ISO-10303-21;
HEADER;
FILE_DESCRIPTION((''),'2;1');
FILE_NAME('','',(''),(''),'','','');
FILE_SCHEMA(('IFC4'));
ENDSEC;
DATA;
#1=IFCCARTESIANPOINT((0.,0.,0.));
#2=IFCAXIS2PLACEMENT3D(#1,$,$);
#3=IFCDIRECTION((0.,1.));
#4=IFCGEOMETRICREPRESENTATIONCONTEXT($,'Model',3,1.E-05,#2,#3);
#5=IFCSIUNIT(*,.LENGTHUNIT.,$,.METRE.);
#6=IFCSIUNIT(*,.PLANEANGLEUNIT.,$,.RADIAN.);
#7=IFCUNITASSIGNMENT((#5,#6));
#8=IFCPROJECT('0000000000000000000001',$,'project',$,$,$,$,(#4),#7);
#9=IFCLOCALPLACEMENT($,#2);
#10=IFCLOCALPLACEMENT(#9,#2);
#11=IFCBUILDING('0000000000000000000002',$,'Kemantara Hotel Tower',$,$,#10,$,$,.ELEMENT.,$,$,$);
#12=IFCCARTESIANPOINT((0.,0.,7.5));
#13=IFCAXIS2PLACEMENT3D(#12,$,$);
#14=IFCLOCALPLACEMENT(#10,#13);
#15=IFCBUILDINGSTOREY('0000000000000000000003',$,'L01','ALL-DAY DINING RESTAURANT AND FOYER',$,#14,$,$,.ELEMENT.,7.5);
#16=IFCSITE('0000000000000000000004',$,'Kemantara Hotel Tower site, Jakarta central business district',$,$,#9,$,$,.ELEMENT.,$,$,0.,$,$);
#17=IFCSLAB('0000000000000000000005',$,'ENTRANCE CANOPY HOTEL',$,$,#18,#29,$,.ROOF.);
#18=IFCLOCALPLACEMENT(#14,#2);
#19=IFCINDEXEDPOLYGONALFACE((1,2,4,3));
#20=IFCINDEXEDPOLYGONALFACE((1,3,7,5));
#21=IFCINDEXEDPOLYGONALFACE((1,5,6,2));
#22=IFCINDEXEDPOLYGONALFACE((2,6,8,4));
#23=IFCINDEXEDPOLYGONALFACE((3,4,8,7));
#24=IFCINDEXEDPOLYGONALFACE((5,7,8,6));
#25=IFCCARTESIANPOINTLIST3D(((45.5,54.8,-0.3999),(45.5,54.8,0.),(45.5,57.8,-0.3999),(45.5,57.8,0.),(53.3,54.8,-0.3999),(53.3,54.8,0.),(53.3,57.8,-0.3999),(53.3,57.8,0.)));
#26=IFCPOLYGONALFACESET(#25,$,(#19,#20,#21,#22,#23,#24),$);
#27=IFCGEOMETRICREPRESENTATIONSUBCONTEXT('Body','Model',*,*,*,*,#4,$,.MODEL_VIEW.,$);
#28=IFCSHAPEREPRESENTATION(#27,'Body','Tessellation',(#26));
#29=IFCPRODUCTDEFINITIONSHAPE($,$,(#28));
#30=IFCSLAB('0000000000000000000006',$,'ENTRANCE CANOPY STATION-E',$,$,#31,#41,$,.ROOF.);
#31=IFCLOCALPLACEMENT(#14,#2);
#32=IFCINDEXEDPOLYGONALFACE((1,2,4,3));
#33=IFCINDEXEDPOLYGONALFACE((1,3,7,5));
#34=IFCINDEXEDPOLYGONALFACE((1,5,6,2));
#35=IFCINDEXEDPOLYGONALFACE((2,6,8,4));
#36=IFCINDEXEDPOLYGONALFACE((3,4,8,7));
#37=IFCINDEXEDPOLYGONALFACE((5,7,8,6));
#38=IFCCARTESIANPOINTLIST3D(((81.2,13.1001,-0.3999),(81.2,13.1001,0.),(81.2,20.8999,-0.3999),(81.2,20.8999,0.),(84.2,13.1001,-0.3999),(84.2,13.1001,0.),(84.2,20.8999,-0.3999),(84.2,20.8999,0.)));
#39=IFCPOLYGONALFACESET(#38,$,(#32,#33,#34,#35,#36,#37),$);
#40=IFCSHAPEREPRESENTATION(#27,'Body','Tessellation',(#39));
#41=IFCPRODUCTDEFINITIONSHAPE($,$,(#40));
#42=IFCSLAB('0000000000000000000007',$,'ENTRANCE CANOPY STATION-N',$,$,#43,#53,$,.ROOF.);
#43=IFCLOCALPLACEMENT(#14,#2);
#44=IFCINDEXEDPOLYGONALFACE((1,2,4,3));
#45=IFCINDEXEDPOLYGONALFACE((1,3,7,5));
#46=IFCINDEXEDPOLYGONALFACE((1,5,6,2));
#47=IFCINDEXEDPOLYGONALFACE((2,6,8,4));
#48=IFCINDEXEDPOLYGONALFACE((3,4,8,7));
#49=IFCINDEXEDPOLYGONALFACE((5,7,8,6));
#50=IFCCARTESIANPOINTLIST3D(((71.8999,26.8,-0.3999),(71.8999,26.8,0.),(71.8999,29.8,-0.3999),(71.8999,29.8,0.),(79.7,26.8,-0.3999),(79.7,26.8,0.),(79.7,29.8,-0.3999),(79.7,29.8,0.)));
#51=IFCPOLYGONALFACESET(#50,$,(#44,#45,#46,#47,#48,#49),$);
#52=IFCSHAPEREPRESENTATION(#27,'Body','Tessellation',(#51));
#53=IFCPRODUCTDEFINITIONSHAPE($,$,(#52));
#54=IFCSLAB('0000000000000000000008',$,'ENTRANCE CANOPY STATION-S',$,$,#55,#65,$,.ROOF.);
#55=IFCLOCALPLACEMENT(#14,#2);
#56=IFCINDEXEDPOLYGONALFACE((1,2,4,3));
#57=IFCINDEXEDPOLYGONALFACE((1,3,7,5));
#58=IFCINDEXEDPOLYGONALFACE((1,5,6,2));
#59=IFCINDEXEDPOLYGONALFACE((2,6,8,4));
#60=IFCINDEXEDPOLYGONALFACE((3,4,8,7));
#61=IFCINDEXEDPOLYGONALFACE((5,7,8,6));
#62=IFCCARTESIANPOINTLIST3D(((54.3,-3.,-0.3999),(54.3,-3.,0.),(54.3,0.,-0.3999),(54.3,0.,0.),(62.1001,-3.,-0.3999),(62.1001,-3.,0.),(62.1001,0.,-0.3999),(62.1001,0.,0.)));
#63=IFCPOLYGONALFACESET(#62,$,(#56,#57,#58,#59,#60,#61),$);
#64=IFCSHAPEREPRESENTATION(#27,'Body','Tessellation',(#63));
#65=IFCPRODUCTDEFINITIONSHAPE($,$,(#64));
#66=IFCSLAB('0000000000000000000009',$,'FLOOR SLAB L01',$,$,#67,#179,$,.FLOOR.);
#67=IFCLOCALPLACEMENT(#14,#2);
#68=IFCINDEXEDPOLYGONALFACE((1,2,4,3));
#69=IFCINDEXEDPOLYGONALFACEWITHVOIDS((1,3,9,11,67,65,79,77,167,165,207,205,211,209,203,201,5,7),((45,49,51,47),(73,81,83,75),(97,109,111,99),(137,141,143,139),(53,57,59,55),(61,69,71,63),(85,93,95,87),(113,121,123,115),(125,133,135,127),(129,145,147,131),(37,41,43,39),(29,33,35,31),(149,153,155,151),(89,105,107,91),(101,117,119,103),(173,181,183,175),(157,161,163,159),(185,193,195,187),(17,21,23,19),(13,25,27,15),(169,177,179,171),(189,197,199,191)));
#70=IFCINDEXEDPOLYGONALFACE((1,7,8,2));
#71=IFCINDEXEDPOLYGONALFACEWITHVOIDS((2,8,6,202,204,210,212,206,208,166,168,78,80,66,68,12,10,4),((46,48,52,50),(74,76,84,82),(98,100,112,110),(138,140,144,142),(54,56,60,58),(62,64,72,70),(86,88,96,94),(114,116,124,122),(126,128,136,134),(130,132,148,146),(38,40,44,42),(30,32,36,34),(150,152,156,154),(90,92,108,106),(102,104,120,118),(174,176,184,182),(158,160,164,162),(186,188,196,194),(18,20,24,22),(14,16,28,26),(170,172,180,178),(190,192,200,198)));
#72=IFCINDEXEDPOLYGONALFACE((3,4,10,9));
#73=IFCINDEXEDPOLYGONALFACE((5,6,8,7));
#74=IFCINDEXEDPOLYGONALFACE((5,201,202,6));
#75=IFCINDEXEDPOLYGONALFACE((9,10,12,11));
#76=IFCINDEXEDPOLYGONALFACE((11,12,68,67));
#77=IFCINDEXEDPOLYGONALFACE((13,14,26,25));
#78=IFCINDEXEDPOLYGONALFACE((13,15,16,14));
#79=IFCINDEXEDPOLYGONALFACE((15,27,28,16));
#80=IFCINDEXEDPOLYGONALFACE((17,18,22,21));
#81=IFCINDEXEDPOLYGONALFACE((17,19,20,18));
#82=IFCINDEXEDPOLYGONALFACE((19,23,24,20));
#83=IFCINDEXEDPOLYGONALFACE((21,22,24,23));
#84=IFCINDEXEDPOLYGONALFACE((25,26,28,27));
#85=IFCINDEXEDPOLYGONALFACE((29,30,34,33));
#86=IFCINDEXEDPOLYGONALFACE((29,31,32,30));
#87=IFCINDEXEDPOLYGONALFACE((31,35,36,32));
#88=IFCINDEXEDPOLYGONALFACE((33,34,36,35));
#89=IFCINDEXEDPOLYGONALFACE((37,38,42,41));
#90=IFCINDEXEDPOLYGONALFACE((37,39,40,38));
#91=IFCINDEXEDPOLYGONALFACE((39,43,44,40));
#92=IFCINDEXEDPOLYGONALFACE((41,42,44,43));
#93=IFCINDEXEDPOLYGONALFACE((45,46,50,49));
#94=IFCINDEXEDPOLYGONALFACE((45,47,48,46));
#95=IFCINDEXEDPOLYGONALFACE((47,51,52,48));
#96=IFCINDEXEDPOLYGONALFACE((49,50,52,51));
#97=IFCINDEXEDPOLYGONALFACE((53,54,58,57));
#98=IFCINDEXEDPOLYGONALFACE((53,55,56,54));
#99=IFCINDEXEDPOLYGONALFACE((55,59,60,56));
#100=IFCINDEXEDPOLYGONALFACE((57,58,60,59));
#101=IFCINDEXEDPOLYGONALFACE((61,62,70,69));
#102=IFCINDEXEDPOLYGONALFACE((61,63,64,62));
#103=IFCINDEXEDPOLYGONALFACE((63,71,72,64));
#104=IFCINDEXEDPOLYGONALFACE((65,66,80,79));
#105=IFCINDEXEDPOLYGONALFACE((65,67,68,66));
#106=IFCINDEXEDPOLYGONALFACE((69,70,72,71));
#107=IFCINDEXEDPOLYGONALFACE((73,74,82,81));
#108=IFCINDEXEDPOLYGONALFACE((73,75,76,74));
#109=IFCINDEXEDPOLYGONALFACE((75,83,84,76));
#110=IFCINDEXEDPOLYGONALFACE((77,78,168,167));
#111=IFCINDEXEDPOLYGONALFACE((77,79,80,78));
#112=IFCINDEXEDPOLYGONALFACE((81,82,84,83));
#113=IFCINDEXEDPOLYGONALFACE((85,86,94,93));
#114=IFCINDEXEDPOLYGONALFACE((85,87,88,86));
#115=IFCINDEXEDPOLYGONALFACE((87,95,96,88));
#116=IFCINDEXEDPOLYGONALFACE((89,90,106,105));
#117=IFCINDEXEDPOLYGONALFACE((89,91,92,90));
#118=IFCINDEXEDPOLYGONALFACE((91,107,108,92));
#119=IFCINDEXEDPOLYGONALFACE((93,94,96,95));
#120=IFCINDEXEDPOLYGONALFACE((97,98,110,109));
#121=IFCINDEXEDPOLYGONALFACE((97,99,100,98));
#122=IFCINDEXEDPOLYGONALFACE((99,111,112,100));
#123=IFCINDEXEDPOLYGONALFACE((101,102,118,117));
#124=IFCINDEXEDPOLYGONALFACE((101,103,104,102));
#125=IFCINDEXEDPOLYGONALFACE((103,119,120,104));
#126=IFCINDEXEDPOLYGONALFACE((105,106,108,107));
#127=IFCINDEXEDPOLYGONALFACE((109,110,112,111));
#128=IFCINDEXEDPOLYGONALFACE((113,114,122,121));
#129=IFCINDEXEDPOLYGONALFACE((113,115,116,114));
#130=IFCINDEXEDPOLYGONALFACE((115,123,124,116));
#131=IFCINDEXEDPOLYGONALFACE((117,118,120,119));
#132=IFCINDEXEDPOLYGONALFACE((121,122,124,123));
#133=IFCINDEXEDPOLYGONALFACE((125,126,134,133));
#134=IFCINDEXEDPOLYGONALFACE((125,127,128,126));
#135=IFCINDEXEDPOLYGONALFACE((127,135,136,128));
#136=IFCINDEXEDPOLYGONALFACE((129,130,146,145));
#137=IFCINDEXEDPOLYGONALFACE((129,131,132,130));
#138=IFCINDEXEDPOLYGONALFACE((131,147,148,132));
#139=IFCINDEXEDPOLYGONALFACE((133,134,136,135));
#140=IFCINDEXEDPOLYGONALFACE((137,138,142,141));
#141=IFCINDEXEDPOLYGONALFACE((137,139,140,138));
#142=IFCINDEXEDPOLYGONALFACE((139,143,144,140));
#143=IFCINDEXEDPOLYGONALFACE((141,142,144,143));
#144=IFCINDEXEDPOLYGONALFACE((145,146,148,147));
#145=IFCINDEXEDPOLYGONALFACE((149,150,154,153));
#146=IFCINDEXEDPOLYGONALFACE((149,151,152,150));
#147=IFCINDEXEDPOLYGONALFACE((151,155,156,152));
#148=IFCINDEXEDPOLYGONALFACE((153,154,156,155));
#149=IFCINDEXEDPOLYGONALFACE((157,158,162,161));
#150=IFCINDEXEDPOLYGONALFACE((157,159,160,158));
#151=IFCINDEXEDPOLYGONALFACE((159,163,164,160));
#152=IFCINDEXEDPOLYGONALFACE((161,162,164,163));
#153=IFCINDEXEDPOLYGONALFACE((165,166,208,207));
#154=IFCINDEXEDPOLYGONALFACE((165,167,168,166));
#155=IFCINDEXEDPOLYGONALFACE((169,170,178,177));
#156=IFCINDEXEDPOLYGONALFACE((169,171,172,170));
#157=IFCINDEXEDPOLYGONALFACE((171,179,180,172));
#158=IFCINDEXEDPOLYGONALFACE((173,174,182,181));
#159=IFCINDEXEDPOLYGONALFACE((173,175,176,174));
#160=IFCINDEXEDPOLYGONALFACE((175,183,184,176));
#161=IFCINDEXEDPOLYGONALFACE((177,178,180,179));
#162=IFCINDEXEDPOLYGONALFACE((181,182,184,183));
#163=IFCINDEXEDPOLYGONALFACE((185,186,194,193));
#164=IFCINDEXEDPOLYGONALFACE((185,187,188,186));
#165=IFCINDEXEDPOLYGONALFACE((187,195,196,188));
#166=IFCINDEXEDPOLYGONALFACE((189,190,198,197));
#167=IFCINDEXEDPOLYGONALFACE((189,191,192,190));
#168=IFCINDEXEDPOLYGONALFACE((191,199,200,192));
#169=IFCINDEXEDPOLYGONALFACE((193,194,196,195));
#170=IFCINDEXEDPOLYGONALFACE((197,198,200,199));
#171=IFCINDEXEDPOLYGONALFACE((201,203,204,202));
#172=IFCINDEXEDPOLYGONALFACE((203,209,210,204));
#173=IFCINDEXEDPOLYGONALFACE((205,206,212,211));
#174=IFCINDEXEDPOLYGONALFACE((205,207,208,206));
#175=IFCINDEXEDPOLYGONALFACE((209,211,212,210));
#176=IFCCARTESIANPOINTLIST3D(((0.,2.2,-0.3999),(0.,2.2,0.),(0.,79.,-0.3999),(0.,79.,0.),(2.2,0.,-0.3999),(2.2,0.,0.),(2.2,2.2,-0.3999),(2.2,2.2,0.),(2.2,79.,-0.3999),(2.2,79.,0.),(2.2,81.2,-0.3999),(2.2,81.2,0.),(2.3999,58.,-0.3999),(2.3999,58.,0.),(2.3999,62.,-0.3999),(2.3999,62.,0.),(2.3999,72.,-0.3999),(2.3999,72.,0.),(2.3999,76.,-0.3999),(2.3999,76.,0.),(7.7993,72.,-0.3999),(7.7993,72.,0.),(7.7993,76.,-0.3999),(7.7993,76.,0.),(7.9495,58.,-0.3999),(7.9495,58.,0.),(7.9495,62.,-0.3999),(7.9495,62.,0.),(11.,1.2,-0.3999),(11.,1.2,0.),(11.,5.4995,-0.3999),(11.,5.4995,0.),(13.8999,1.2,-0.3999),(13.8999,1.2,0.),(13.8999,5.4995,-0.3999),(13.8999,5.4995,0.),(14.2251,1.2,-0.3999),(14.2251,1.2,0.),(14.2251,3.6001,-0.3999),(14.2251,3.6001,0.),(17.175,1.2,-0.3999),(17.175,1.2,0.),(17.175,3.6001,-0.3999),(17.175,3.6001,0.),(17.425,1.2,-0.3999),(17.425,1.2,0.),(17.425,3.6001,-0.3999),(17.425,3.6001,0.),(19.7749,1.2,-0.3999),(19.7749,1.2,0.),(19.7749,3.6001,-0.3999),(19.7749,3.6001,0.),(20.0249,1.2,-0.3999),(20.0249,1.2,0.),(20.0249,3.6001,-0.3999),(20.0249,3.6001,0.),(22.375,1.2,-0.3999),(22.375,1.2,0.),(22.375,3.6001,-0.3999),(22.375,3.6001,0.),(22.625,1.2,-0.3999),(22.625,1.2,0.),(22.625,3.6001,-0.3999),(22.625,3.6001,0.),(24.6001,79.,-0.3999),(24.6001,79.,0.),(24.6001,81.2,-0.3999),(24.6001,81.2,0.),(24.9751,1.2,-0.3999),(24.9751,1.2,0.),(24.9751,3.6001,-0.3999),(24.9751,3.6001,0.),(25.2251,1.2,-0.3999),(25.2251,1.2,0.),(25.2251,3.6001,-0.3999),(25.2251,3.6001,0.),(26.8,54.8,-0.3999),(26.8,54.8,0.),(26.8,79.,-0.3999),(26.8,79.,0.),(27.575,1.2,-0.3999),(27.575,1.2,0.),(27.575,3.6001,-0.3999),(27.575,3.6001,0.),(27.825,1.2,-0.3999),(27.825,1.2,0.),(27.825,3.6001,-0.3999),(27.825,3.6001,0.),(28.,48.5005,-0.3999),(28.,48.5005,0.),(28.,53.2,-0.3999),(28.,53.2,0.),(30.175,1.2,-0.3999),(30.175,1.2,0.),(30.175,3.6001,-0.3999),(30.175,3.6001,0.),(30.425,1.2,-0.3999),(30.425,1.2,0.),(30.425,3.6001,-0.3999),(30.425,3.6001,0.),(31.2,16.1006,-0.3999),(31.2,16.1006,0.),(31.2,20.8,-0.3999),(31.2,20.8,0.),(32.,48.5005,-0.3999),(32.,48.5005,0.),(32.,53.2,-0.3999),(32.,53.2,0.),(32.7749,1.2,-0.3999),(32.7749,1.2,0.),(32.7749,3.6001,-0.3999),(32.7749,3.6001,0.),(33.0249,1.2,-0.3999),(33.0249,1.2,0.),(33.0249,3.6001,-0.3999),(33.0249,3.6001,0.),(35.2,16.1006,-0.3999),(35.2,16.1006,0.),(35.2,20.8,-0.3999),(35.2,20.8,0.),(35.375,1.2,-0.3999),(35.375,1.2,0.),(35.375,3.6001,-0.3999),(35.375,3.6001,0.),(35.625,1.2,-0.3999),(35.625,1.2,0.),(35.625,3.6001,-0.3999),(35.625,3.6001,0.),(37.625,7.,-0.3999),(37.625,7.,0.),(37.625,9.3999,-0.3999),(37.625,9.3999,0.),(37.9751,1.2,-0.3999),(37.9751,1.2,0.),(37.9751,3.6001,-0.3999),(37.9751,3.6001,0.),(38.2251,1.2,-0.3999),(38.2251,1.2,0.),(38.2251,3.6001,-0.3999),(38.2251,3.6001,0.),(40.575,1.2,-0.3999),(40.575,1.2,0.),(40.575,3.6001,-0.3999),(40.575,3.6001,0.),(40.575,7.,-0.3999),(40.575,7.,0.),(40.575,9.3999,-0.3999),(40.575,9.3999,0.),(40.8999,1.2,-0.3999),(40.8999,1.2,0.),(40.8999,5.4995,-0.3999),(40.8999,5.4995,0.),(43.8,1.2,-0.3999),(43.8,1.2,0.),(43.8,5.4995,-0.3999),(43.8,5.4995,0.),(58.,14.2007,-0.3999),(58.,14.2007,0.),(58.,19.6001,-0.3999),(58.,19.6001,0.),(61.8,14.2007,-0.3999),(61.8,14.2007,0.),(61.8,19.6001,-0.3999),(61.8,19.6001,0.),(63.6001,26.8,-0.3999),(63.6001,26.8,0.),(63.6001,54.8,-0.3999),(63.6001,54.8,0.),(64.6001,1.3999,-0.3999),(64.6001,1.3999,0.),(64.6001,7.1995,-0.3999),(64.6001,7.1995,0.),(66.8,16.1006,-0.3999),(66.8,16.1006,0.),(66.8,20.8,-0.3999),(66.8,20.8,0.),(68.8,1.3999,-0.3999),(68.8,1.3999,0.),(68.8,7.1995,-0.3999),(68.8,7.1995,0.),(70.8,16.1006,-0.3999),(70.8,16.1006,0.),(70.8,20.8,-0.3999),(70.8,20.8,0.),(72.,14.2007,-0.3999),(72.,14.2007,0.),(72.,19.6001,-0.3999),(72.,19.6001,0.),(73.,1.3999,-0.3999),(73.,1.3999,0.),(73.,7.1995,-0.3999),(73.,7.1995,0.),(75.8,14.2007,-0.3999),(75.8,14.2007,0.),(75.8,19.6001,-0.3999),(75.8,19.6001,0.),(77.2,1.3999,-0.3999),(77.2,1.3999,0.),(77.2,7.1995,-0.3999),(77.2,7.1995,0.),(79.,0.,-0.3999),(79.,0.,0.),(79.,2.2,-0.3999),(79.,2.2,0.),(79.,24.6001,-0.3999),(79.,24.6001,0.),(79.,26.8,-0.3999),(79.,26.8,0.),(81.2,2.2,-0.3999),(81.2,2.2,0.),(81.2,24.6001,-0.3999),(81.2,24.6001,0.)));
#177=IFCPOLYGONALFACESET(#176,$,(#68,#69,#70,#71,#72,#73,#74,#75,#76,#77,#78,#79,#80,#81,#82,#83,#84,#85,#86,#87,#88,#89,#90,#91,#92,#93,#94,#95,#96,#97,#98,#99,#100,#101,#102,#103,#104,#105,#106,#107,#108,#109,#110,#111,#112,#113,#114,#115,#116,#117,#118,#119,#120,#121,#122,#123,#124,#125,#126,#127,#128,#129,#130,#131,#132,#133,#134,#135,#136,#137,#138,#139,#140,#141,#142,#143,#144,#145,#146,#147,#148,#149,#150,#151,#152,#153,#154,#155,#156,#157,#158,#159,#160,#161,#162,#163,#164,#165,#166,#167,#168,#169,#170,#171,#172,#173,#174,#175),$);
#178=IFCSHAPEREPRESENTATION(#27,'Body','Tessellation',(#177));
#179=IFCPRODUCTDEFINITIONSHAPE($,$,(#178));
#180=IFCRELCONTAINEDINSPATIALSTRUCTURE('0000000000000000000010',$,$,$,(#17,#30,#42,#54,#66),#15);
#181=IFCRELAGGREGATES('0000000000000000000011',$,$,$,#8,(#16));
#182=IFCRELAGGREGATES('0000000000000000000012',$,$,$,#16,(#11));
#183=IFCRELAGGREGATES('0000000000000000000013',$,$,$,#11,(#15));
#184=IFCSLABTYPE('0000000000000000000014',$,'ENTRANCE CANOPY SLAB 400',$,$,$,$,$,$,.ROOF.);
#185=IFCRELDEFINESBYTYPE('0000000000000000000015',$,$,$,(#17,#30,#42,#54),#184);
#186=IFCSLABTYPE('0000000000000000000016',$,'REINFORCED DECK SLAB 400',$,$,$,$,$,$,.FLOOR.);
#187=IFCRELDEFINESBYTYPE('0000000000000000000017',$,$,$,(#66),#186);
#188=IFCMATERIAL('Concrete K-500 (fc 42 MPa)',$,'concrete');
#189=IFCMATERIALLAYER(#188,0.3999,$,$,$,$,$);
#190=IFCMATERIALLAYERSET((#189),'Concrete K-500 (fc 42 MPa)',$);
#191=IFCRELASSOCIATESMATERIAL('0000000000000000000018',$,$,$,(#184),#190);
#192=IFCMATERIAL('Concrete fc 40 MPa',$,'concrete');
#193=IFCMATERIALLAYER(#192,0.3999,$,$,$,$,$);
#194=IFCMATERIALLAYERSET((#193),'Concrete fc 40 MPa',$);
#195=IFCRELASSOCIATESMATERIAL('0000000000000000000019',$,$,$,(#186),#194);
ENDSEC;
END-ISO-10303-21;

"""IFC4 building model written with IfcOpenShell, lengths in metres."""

from ifc_helpers import new_model, si_unit, direction, frame, origin, place, context, subcontext, project, spatial, polyline, outline, extrude, material, layer, layer_set, type_object, element, save


model = new_model("IFC4")

# Units and contexts
model_context = context("Model", 3, precision=1e-05, world=origin(), true_north=direction((0.0, 1.0)))
body_context = subcontext(model_context, "Body", "Model", "MODEL_VIEW")
ifc_project = project(units=[si_unit("LENGTHUNIT", "METRE"), si_unit("PLANEANGLEUNIT", "RADIAN")], contexts=[model_context])

# Site, building, storey
site_placement = place(None, origin())
site = spatial("IfcSite", under=ifc_project, at=site_placement, Name="Kemantara Hotel Tower site, Jakarta central business district", CompositionType="ELEMENT", RefElevation=0.0)
building_placement = place(site_placement, origin())
building = spatial("IfcBuilding", under=site, at=building_placement, Name="Kemantara Hotel Tower", CompositionType="ELEMENT")
storey_placement = place(building_placement, frame((0.0, 0.0, 7.5)))
storey = spatial("IfcBuildingStorey", under=building, at=storey_placement, Name="L01", Description="ALL-DAY DINING RESTAURANT AND FOYER", CompositionType="ELEMENT", Elevation=7.5)

# Slabs
ifc_material_1 = material(Name="Concrete K-500 (fc 42 MPa)", Category="concrete")
ifc_layer_1 = layer(ifc_material_1, 0.3999)
ifc_layer_set_1 = layer_set([ifc_layer_1], Name="Concrete K-500 (fc 42 MPa)")
slab_type_1 = type_object("IfcSlabType", Name="ENTRANCE CANOPY SLAB 400", PredefinedType="ROOF", material=ifc_layer_set_1)
slab_1_placement = place(storey_placement, frame((0.0, 0.0, -0.3999)))
element("IfcSlab", 1, at=slab_1_placement, inside=storey, type_object=slab_type_1, Name="ENTRANCE CANOPY HOTEL", PredefinedType="ROOF", context=body_context, shape_type="SweptSolid", body=[
    extrude(outline(polyline([(53.3, 54.8), (45.5, 54.8), (45.5, 57.8), (53.3, 57.8), (53.3, 54.8)])), origin(), (0.0, 0.0, 1.0), 0.3999),
])
slab_2_placement = place(storey_placement, frame((0.0, 0.0, -0.3999)))
element("IfcSlab", 2, at=slab_2_placement, inside=storey, type_object=slab_type_1, Name="ENTRANCE CANOPY STATION-E", PredefinedType="ROOF", context=body_context, shape_type="SweptSolid", body=[
    extrude(outline(polyline([(81.2, 13.1001), (81.2, 20.8999), (84.2, 20.8999), (84.2, 13.1001), (81.2, 13.1001)])), origin(), (0.0, 0.0, 1.0), 0.3999),
])
slab_3_placement = place(storey_placement, frame((0.0, 0.0, -0.3999)))
element("IfcSlab", 3, at=slab_3_placement, inside=storey, type_object=slab_type_1, Name="ENTRANCE CANOPY STATION-N", PredefinedType="ROOF", context=body_context, shape_type="SweptSolid", body=[
    extrude(outline(polyline([(79.7, 26.8), (71.8999, 26.8), (71.8999, 29.8), (79.7, 29.8), (79.7, 26.8)])), origin(), (0.0, 0.0, 1.0), 0.3999),
])
slab_4_placement = place(storey_placement, frame((0.0, 0.0, -0.3999)))
element("IfcSlab", 4, at=slab_4_placement, inside=storey, type_object=slab_type_1, Name="ENTRANCE CANOPY STATION-S", PredefinedType="ROOF", context=body_context, shape_type="SweptSolid", body=[
    extrude(outline(polyline([(54.3, 0.0), (62.1001, 0.0), (62.1001, -3.0), (54.3, -3.0), (54.3, 0.0)])), origin(), (0.0, 0.0, 1.0), 0.3999),
])
ifc_material_2 = material(Name="Concrete fc 40 MPa", Category="concrete")
ifc_layer_2 = layer(ifc_material_2, 0.3999)
ifc_layer_set_2 = layer_set([ifc_layer_2], Name="Concrete fc 40 MPa")
slab_type_2 = type_object("IfcSlabType", Name="REINFORCED DECK SLAB 400", PredefinedType="FLOOR", material=ifc_layer_set_2)
slab_5_placement = place(storey_placement, frame((0.0, 0.0, -0.3999)))
element("IfcSlab", 5, at=slab_5_placement, inside=storey, type_object=slab_type_2, Name="FLOOR SLAB L01", PredefinedType="FLOOR", context=body_context, shape_type="SweptSolid", body=[
    extrude(outline(polyline([(0.0, 2.2), (2.2, 2.2), (2.2, 0.0), (79.0, 0.0), (79.0, 2.2), (81.2, 2.2), (81.2, 24.6001), (79.0, 24.6001), (79.0, 26.8), (63.6001, 26.8), (63.6001, 54.8), (26.8, 54.8), (26.8, 79.0), (24.6001, 79.0), (24.6001, 81.2), (2.2, 81.2), (2.2, 79.0), (0.0, 79.0), (0.0, 2.2)]), holes=[polyline([(17.175, 1.2), (14.2251, 1.2), (14.2251, 3.6001), (17.175, 3.6001), (17.175, 1.2)]), polyline([(19.7749, 1.2), (17.425, 1.2), (17.425, 3.6001), (19.7749, 3.6001), (19.7749, 1.2)]), polyline([(22.375, 1.2), (20.0249, 1.2), (20.0249, 3.6001), (22.375, 3.6001), (22.375, 1.2)]), polyline([(22.625, 1.2), (22.625, 3.6001), (24.9751, 3.6001), (24.9751, 1.2), (22.625, 1.2)]), polyline([(25.2251, 1.2), (25.2251, 3.6001), (27.575, 3.6001), (27.575, 1.2), (25.2251, 1.2)]), polyline([(30.175, 1.2), (27.825, 1.2), (27.825, 3.6001), (30.175, 3.6001), (30.175, 1.2)]), polyline([(30.425, 1.2), (30.425, 3.6001), (32.7749, 3.6001), (32.7749, 1.2), (30.425, 1.2)]), polyline([(11.0, 5.4995), (13.8999, 5.4995), (13.8999, 1.2), (11.0, 1.2), (11.0, 5.4995)]), polyline([(32.0, 53.2), (32.0, 48.5005), (28.0, 48.5005), (28.0, 53.2), (32.0, 53.2)]), polyline([(7.9495, 62.0), (7.9495, 58.0), (2.3999, 58.0), (2.3999, 62.0), (7.9495, 62.0)]), polyline([(7.7993, 76.0), (7.7993, 72.0), (2.3999, 72.0), (2.3999, 76.0), (7.7993, 76.0)]), polyline([(35.375, 1.2), (33.0249, 1.2), (33.0249, 3.6001), (35.375, 3.6001), (35.375, 1.2)]), polyline([(37.9751, 1.2), (35.625, 1.2), (35.625, 3.6001), (37.9751, 3.6001), (37.9751, 1.2)]), polyline([(40.575, 1.2), (38.2251, 1.2), (38.2251, 3.6001), (40.575, 3.6001), (40.575, 1.2)]), polyline([(40.8999, 5.4995), (43.8, 5.4995), (43.8, 1.2), (40.8999, 1.2), (40.8999, 5.4995)]), polyline([(64.6001, 7.1995), (68.8, 7.1995), (68.8, 1.3999), (64.6001, 1.3999), (64.6001, 7.1995)]), polyline([(73.0, 1.3999), (73.0, 7.1995), (77.2, 7.1995), (77.2, 1.3999), (73.0, 1.3999)]), polyline([(37.625, 7.0), (37.625, 9.3999), (40.575, 9.3999), (40.575, 7.0), (37.625, 7.0)]), polyline([(61.8, 14.2007), (58.0, 14.2007), (58.0, 19.6001), (61.8, 19.6001), (61.8, 14.2007)]), polyline([(75.8, 19.6001), (75.8, 14.2007), (72.0, 14.2007), (72.0, 19.6001), (75.8, 19.6001)]), polyline([(35.2, 16.1006), (31.2, 16.1006), (31.2, 20.8), (35.2, 20.8), (35.2, 16.1006)]), polyline([(70.8, 16.1006), (66.8, 16.1006), (66.8, 20.8), (70.8, 20.8), (70.8, 16.1006)])]), origin(), (0.0, 0.0, 1.0), 0.3999),
])

save(model, "model.ifc")
